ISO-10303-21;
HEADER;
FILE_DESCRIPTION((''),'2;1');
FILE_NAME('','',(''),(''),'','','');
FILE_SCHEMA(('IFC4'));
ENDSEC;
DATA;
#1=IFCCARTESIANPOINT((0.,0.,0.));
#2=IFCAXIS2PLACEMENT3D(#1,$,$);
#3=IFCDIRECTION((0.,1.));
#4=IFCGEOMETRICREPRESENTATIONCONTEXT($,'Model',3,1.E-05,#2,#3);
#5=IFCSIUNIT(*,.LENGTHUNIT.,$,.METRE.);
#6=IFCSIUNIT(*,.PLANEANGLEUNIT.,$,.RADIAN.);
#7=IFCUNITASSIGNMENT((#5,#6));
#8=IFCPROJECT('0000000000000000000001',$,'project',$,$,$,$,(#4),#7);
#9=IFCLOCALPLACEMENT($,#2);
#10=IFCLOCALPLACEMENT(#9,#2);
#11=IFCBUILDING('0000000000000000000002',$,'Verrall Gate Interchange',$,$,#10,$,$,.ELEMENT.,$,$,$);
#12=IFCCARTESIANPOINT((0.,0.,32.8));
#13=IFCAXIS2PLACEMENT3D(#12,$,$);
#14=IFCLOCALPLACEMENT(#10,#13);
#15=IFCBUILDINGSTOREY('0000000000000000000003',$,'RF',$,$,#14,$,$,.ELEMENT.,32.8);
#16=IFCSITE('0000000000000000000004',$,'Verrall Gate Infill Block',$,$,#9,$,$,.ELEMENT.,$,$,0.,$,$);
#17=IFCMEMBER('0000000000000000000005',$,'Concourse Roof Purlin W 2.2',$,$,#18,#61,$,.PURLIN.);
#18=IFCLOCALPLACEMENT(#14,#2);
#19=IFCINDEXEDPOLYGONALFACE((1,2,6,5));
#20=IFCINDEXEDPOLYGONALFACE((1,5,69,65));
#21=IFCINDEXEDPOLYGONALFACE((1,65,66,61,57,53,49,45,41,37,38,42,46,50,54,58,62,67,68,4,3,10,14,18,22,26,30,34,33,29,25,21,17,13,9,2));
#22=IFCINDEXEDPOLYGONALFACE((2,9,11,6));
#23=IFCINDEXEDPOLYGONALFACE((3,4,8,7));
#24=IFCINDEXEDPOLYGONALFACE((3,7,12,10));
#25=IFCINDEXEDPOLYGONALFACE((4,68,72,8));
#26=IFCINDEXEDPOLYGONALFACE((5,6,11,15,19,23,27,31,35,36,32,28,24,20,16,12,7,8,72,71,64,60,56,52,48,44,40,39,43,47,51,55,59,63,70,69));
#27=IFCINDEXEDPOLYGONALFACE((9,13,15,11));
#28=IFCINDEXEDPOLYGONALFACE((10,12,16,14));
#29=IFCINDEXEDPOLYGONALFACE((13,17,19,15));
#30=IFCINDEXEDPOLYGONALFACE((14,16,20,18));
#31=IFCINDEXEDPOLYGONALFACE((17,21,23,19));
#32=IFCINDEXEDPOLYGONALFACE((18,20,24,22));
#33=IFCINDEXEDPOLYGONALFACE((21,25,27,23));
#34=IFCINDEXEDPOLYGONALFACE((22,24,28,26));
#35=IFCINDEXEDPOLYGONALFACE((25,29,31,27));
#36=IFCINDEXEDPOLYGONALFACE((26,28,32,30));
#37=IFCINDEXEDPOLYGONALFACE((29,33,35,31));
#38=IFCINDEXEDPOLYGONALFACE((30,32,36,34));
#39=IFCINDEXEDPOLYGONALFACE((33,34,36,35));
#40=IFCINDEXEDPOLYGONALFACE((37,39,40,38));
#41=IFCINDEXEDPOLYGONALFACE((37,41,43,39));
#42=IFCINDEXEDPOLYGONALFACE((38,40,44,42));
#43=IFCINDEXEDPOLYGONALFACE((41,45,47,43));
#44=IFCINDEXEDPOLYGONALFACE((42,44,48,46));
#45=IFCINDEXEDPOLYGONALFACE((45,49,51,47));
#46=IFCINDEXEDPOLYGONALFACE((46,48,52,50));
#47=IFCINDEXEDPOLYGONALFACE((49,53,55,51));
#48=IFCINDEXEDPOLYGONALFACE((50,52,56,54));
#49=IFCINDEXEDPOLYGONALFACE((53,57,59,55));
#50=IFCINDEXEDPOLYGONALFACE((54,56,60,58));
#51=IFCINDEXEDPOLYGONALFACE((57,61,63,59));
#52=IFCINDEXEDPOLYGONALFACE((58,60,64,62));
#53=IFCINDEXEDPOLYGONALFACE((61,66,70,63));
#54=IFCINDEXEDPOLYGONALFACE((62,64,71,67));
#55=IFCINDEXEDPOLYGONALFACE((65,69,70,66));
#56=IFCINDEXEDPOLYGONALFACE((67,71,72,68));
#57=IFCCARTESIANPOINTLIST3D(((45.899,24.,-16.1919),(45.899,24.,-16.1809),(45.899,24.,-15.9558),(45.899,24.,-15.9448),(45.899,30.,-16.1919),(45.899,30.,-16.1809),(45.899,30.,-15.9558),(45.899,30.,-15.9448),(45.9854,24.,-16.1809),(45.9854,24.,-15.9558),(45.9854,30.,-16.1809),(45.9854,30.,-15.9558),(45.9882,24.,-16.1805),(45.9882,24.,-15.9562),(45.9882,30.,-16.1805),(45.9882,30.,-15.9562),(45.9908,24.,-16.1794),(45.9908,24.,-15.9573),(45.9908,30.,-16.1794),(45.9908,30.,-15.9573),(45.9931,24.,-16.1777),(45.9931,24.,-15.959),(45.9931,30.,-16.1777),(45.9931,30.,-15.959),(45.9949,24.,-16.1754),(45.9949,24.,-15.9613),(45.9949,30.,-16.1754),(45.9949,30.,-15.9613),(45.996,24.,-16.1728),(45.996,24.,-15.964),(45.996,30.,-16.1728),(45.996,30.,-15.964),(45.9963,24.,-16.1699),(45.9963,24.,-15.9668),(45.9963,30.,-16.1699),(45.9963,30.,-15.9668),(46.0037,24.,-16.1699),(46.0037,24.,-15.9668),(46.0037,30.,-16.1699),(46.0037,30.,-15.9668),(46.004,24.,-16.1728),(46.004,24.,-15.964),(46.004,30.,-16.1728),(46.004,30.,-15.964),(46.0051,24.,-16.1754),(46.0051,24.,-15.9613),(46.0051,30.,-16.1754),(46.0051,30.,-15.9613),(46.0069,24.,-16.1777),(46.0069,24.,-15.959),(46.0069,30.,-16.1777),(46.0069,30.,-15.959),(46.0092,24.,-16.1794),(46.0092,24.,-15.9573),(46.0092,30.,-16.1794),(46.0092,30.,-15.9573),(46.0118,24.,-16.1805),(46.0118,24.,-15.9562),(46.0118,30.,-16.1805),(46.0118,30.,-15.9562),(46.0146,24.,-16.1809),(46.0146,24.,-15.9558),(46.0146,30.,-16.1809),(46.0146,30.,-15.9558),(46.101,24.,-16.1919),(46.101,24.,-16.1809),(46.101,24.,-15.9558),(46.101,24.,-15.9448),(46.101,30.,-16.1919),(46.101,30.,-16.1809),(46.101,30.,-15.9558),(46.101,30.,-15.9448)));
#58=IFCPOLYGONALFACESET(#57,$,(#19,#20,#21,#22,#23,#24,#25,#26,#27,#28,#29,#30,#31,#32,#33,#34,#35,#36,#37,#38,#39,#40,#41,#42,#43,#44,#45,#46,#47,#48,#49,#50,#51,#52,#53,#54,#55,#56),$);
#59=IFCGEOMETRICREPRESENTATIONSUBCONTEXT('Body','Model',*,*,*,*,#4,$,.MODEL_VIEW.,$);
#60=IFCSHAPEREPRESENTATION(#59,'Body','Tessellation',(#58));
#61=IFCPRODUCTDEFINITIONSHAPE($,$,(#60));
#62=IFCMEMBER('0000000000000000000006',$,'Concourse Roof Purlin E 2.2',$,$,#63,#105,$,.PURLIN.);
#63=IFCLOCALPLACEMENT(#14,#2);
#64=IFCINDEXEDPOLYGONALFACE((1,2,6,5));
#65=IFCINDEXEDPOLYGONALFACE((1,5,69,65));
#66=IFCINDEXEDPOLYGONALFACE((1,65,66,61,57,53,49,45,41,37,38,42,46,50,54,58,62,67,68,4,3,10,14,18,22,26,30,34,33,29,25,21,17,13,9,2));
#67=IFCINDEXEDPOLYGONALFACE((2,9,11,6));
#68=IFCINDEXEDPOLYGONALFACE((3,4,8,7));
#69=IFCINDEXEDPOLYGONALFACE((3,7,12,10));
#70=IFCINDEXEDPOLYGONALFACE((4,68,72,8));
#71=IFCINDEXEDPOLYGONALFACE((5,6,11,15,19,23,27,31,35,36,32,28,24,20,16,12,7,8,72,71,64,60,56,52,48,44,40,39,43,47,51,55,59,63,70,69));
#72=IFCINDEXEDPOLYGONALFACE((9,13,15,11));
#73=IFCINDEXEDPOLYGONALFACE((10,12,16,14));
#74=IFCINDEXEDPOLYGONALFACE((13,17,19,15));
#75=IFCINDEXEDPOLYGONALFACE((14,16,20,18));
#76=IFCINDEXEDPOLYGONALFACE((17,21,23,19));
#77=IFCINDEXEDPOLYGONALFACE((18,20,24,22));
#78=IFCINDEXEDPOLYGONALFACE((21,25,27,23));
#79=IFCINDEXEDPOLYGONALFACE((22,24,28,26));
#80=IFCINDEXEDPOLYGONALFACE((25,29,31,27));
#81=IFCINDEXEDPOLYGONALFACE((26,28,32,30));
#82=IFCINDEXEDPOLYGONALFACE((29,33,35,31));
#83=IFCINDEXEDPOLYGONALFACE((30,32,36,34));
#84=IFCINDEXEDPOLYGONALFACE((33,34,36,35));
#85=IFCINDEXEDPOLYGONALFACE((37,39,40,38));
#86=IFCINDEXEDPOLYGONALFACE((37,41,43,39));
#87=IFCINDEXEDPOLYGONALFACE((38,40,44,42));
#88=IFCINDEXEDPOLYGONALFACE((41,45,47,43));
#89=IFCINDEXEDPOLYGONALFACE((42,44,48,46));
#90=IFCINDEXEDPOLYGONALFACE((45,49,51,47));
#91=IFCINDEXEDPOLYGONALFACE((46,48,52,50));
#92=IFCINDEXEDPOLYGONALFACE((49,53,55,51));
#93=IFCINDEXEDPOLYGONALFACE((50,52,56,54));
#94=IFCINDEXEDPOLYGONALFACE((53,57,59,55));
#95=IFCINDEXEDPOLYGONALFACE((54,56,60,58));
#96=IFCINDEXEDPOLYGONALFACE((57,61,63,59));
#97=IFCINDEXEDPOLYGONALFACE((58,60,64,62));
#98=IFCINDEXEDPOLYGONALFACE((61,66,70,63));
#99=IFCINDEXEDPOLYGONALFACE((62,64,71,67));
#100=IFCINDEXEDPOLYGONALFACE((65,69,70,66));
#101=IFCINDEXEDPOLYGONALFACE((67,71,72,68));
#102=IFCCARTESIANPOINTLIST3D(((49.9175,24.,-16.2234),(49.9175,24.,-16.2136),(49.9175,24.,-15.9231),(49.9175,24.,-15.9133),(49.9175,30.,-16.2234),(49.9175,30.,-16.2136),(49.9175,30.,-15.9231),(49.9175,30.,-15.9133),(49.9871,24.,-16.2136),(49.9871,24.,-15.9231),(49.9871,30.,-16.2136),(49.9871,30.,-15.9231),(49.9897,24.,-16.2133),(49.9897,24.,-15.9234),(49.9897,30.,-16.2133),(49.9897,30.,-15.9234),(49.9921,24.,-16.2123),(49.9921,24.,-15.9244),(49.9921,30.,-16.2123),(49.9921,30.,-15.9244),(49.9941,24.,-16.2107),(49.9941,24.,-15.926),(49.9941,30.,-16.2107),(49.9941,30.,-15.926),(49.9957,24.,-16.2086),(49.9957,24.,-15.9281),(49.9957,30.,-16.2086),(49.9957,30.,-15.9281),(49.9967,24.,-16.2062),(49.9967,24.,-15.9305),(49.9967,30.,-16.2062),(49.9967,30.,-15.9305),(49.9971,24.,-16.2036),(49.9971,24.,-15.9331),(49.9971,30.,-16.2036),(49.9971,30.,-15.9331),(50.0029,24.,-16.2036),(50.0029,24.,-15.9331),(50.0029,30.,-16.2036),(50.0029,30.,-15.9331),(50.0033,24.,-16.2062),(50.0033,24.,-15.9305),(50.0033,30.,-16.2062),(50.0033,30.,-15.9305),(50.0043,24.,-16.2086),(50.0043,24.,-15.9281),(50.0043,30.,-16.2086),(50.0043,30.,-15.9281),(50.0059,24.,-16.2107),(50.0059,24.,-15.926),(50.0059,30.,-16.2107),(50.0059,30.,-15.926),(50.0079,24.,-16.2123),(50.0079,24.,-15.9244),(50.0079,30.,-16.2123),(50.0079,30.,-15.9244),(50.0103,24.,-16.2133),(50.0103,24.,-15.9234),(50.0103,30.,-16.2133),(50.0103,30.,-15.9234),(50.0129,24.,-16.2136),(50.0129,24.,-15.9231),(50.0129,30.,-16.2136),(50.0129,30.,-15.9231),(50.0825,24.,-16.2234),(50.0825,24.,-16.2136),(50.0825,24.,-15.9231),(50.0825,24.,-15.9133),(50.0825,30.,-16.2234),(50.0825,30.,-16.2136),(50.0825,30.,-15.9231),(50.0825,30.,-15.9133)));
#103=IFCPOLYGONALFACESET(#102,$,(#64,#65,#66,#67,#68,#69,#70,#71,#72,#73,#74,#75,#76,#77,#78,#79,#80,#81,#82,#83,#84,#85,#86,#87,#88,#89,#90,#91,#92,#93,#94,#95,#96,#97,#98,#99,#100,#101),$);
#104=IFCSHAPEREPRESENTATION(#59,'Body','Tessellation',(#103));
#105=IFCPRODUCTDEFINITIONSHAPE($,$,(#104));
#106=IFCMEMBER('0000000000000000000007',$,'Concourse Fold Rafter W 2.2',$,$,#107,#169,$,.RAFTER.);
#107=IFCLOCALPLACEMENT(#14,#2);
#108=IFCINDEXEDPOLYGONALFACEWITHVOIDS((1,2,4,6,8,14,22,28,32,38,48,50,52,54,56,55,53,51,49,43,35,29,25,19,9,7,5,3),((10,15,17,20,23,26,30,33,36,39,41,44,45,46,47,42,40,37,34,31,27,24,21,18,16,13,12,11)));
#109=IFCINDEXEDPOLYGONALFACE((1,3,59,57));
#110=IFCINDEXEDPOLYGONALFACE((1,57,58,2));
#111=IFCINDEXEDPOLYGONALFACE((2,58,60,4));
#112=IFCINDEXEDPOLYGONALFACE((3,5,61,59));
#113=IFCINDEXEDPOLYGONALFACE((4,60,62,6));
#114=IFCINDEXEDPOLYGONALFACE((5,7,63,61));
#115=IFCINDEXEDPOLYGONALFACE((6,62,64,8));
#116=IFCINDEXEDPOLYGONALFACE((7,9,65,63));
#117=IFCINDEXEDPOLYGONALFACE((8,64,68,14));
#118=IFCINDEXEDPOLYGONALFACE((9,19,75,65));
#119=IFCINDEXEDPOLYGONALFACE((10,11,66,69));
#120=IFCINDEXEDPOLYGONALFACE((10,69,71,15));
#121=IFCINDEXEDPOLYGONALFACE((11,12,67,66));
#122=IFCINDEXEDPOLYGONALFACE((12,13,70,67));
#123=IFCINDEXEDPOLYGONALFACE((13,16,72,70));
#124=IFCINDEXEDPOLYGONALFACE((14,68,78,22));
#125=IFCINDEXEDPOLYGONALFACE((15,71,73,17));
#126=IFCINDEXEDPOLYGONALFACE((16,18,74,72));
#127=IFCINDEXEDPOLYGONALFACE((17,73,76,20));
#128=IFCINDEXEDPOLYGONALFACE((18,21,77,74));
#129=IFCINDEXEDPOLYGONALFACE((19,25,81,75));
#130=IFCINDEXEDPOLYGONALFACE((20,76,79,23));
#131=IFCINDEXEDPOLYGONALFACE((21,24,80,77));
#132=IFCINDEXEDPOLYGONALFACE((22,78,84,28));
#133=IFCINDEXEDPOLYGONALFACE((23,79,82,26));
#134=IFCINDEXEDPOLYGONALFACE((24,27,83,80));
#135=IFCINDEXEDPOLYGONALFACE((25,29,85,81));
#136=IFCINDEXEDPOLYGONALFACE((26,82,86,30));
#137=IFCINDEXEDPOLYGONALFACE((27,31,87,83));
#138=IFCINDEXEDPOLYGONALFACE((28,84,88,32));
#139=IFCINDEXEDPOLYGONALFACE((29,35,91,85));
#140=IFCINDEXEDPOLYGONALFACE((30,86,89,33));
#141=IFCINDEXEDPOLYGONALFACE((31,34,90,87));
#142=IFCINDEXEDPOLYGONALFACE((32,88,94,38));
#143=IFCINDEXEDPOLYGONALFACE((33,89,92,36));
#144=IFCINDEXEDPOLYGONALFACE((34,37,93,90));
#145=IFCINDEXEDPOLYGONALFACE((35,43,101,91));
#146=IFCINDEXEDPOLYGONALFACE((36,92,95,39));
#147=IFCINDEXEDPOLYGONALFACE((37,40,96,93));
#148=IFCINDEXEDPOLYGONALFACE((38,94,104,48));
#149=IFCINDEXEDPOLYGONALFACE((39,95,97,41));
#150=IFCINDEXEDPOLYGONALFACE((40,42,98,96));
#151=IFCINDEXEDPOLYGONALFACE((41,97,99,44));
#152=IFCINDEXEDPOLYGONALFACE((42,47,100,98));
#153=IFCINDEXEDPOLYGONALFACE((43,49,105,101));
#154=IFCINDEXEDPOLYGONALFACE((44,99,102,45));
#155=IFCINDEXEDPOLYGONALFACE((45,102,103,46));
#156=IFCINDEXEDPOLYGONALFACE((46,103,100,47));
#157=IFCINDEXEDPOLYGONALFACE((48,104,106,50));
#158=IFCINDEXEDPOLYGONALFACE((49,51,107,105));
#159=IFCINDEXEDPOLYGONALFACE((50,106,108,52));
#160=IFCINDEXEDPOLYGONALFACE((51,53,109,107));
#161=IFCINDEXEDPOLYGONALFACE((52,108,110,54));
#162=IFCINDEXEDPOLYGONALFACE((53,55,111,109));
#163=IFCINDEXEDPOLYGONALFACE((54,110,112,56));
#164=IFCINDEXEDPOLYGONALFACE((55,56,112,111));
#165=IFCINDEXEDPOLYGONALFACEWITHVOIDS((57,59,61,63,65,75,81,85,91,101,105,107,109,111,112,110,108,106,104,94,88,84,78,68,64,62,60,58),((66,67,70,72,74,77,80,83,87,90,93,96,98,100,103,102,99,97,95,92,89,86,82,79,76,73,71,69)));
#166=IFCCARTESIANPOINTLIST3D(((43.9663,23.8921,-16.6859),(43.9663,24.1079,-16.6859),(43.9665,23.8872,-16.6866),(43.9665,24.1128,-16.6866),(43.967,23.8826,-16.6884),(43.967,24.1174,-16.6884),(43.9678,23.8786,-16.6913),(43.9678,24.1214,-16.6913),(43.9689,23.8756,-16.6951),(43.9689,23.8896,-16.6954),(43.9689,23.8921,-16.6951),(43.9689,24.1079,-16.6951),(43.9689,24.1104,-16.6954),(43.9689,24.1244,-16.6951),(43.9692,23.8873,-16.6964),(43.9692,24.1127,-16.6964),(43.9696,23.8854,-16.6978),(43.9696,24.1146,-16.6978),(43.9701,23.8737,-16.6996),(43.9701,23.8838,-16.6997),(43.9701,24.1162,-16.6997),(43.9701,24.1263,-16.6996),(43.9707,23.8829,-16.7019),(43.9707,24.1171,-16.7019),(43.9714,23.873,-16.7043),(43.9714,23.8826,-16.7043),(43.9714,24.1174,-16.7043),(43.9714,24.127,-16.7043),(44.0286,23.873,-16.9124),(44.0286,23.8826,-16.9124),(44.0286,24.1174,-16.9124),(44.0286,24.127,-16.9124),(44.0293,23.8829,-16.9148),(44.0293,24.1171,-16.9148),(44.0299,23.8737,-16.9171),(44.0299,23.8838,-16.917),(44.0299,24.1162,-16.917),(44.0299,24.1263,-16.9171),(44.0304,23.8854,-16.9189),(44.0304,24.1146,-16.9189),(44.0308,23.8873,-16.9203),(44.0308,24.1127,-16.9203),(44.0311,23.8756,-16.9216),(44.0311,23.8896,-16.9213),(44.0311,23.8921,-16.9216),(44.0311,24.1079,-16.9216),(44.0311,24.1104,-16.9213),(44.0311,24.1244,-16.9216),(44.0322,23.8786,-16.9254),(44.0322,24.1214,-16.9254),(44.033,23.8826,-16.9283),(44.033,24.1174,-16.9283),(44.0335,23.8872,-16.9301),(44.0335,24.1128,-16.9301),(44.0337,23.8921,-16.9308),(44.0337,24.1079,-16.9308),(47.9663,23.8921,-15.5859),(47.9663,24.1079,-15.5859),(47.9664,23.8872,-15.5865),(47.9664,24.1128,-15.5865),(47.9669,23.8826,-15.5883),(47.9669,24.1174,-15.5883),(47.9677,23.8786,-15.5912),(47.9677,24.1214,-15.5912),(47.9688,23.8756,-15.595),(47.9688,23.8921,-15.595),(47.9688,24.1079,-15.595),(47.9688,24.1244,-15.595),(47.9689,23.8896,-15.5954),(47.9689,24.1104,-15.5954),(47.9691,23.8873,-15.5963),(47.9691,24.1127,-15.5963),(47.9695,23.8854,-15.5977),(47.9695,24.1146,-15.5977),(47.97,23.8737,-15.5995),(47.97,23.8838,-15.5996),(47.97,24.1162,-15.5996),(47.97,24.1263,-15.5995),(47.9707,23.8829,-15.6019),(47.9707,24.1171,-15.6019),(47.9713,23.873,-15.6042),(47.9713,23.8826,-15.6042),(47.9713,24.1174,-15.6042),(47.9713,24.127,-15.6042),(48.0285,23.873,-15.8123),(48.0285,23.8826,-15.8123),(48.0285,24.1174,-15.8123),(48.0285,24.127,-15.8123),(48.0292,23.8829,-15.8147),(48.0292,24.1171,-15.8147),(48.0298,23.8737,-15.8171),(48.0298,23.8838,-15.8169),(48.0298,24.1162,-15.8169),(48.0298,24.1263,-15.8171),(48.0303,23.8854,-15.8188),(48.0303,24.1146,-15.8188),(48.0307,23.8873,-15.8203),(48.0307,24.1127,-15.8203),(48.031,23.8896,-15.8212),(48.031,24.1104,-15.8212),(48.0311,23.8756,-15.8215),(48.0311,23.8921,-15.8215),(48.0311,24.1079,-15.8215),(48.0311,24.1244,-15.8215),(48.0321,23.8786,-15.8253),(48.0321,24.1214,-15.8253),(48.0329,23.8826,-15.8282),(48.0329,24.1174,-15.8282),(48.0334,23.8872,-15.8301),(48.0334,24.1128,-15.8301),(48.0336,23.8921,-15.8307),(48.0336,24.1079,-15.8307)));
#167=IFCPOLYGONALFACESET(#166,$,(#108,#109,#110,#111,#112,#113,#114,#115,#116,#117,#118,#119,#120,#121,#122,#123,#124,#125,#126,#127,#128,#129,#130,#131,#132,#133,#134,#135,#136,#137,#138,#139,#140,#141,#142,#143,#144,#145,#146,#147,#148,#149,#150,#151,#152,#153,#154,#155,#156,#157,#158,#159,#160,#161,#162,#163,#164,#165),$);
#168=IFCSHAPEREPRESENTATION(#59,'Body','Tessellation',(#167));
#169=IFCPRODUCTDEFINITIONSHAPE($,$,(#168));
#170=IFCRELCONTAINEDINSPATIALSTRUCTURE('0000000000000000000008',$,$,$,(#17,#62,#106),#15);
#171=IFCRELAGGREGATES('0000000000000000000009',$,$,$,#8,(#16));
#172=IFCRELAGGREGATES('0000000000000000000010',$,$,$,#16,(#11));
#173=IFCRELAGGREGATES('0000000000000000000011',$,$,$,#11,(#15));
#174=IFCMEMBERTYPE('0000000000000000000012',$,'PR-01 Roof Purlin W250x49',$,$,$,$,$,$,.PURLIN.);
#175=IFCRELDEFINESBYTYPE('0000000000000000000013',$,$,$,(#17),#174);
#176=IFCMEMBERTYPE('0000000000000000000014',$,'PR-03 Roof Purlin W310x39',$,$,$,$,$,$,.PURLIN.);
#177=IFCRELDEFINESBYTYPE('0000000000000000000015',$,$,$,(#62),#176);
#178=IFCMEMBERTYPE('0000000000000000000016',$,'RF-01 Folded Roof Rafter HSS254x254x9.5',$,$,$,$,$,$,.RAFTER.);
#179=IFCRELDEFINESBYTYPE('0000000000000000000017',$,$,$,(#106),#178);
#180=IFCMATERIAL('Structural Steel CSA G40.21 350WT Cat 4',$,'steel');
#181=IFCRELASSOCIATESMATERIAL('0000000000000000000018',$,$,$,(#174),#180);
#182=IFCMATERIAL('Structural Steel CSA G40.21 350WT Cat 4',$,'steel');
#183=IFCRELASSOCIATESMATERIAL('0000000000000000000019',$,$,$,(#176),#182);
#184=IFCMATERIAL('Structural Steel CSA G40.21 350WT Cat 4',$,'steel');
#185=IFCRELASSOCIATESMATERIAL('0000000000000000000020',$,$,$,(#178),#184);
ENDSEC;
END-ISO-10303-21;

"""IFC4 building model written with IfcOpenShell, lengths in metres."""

from ifc_helpers import new_model, si_unit, direction, frame, origin, origin_2d, place, context, subcontext, project, spatial, hollow_rectangle, i_section, extrude, material, material_profile, profile_set, type_object, element, save


model = new_model("IFC4")

# Units and contexts
model_context = context("Model", 3, precision=1e-05, world=origin(), true_north=direction((0.0, 1.0)))
body_context = subcontext(model_context, "Body", "Model", "MODEL_VIEW")
ifc_project = project(units=[si_unit("LENGTHUNIT", "METRE"), si_unit("PLANEANGLEUNIT", "RADIAN")], contexts=[model_context])

# Site, building, storey
site_placement = place(None, origin())
site = spatial("IfcSite", under=ifc_project, at=site_placement, Name="Verrall Gate Infill Block", CompositionType="ELEMENT", RefElevation=0.0)
building_placement = place(site_placement, origin())
building = spatial("IfcBuilding", under=site, at=building_placement, Name="Verrall Gate Interchange", CompositionType="ELEMENT")
storey_placement = place(building_placement, frame((0.0, 0.0, 32.8)))
storey = spatial("IfcBuildingStorey", under=building, at=storey_placement, Name="RF", CompositionType="ELEMENT", Elevation=32.8)

# Members
ifc_material_1 = material(Name="Structural Steel CSA G40.21 350WT Cat 4", Category="steel")
ifc_material_profile_1 = material_profile(ifc_material_1, i_section(OverallWidth=0.2019, OverallDepth=0.2471, WebThickness=0.0073, FlangeThickness=0.011, FilletRadius=0.011, at=origin_2d()), Name="W250x49")
ifc_profile_set_1 = profile_set([ifc_material_profile_1], Name="Structural Steel CSA G40.21 350WT Cat 4")
member_type_1 = type_object("IfcMemberType", Name="PR-01 Roof Purlin W250x49", PredefinedType="PURLIN", material=ifc_profile_set_1)
member_1_placement = place(storey_placement, frame((46.0, 24.0, -16.0684), z_axis=(0.0, 1.0, 0.0), x_axis=(-1.0, 0.0, 0.0)))
element("IfcMember", 1, at=member_1_placement, inside=storey, type_object=member_type_1, Name="Concourse Roof Purlin W 2.2", PredefinedType="PURLIN", context=body_context, shape_type="SweptSolid", body=[
    extrude(i_section(OverallWidth=0.2019, OverallDepth=0.2471, WebThickness=0.0073, FlangeThickness=0.011, FilletRadius=0.011, at=origin_2d()), origin(), (0.0, 0.0, 1.0), 6.0),
])
ifc_material_2 = material(Name="Structural Steel CSA G40.21 350WT Cat 4", Category="steel")
ifc_material_profile_2 = material_profile(ifc_material_2, i_section(OverallWidth=0.165, OverallDepth=0.3101, WebThickness=0.0059, FlangeThickness=0.0098, FilletRadius=0.01, at=origin_2d()), Name="W310x39")
ifc_profile_set_2 = profile_set([ifc_material_profile_2], Name="Structural Steel CSA G40.21 350WT Cat 4")
member_type_2 = type_object("IfcMemberType", Name="PR-03 Roof Purlin W310x39", PredefinedType="PURLIN", material=ifc_profile_set_2)
member_2_placement = place(storey_placement, frame((50.0, 24.0, -16.0684), z_axis=(0.0, 1.0, 0.0), x_axis=(-1.0, 0.0, 0.0)))
element("IfcMember", 2, at=member_2_placement, inside=storey, type_object=member_type_2, Name="Concourse Roof Purlin E 2.2", PredefinedType="PURLIN", context=body_context, shape_type="SweptSolid", body=[
    extrude(i_section(OverallWidth=0.165, OverallDepth=0.3101, WebThickness=0.0059, FlangeThickness=0.0098, FilletRadius=0.01, at=origin_2d()), origin(), (0.0, 0.0, 1.0), 6.0),
])
ifc_material_3 = material(Name="Structural Steel CSA G40.21 350WT Cat 4", Category="steel")
ifc_material_profile_3 = material_profile(ifc_material_3, hollow_rectangle(XDim=0.2539, YDim=0.2539, WallThickness=0.0095, InnerFilletRadius=0.0095, OuterFilletRadius=0.019, at=origin_2d()), Name="HSS254x254x9.5")
ifc_profile_set_3 = profile_set([ifc_material_profile_3], Name="Structural Steel CSA G40.21 350WT Cat 4")
member_type_3 = type_object("IfcMemberType", Name="RF-01 Folded Roof Rafter HSS254x254x9.5", PredefinedType="RAFTER", material=ifc_profile_set_3)
for number, where, z_axis, x_axis, name in (
    (3, (44.0, 24.0, -16.8083), (0.964199, 0.0, 0.265178), (0.0, 1.0, 0.0), "Concourse Fold Rafter W 2.2"),
):
    element("IfcMember", number, at=place(storey_placement, frame(where, z_axis=z_axis, x_axis=x_axis)), inside=storey, type_object=member_type_3, Name=name, PredefinedType="RAFTER", context=body_context, shape_type="SweptSolid", body=[
        extrude(hollow_rectangle(XDim=0.2539, YDim=0.2539, WallThickness=0.0095, InnerFilletRadius=0.0095, OuterFilletRadius=0.019, at=origin_2d()), origin(), (0.0, 0.0, 1.0), 4.1484),
    ])

save(model, "model.ifc")
